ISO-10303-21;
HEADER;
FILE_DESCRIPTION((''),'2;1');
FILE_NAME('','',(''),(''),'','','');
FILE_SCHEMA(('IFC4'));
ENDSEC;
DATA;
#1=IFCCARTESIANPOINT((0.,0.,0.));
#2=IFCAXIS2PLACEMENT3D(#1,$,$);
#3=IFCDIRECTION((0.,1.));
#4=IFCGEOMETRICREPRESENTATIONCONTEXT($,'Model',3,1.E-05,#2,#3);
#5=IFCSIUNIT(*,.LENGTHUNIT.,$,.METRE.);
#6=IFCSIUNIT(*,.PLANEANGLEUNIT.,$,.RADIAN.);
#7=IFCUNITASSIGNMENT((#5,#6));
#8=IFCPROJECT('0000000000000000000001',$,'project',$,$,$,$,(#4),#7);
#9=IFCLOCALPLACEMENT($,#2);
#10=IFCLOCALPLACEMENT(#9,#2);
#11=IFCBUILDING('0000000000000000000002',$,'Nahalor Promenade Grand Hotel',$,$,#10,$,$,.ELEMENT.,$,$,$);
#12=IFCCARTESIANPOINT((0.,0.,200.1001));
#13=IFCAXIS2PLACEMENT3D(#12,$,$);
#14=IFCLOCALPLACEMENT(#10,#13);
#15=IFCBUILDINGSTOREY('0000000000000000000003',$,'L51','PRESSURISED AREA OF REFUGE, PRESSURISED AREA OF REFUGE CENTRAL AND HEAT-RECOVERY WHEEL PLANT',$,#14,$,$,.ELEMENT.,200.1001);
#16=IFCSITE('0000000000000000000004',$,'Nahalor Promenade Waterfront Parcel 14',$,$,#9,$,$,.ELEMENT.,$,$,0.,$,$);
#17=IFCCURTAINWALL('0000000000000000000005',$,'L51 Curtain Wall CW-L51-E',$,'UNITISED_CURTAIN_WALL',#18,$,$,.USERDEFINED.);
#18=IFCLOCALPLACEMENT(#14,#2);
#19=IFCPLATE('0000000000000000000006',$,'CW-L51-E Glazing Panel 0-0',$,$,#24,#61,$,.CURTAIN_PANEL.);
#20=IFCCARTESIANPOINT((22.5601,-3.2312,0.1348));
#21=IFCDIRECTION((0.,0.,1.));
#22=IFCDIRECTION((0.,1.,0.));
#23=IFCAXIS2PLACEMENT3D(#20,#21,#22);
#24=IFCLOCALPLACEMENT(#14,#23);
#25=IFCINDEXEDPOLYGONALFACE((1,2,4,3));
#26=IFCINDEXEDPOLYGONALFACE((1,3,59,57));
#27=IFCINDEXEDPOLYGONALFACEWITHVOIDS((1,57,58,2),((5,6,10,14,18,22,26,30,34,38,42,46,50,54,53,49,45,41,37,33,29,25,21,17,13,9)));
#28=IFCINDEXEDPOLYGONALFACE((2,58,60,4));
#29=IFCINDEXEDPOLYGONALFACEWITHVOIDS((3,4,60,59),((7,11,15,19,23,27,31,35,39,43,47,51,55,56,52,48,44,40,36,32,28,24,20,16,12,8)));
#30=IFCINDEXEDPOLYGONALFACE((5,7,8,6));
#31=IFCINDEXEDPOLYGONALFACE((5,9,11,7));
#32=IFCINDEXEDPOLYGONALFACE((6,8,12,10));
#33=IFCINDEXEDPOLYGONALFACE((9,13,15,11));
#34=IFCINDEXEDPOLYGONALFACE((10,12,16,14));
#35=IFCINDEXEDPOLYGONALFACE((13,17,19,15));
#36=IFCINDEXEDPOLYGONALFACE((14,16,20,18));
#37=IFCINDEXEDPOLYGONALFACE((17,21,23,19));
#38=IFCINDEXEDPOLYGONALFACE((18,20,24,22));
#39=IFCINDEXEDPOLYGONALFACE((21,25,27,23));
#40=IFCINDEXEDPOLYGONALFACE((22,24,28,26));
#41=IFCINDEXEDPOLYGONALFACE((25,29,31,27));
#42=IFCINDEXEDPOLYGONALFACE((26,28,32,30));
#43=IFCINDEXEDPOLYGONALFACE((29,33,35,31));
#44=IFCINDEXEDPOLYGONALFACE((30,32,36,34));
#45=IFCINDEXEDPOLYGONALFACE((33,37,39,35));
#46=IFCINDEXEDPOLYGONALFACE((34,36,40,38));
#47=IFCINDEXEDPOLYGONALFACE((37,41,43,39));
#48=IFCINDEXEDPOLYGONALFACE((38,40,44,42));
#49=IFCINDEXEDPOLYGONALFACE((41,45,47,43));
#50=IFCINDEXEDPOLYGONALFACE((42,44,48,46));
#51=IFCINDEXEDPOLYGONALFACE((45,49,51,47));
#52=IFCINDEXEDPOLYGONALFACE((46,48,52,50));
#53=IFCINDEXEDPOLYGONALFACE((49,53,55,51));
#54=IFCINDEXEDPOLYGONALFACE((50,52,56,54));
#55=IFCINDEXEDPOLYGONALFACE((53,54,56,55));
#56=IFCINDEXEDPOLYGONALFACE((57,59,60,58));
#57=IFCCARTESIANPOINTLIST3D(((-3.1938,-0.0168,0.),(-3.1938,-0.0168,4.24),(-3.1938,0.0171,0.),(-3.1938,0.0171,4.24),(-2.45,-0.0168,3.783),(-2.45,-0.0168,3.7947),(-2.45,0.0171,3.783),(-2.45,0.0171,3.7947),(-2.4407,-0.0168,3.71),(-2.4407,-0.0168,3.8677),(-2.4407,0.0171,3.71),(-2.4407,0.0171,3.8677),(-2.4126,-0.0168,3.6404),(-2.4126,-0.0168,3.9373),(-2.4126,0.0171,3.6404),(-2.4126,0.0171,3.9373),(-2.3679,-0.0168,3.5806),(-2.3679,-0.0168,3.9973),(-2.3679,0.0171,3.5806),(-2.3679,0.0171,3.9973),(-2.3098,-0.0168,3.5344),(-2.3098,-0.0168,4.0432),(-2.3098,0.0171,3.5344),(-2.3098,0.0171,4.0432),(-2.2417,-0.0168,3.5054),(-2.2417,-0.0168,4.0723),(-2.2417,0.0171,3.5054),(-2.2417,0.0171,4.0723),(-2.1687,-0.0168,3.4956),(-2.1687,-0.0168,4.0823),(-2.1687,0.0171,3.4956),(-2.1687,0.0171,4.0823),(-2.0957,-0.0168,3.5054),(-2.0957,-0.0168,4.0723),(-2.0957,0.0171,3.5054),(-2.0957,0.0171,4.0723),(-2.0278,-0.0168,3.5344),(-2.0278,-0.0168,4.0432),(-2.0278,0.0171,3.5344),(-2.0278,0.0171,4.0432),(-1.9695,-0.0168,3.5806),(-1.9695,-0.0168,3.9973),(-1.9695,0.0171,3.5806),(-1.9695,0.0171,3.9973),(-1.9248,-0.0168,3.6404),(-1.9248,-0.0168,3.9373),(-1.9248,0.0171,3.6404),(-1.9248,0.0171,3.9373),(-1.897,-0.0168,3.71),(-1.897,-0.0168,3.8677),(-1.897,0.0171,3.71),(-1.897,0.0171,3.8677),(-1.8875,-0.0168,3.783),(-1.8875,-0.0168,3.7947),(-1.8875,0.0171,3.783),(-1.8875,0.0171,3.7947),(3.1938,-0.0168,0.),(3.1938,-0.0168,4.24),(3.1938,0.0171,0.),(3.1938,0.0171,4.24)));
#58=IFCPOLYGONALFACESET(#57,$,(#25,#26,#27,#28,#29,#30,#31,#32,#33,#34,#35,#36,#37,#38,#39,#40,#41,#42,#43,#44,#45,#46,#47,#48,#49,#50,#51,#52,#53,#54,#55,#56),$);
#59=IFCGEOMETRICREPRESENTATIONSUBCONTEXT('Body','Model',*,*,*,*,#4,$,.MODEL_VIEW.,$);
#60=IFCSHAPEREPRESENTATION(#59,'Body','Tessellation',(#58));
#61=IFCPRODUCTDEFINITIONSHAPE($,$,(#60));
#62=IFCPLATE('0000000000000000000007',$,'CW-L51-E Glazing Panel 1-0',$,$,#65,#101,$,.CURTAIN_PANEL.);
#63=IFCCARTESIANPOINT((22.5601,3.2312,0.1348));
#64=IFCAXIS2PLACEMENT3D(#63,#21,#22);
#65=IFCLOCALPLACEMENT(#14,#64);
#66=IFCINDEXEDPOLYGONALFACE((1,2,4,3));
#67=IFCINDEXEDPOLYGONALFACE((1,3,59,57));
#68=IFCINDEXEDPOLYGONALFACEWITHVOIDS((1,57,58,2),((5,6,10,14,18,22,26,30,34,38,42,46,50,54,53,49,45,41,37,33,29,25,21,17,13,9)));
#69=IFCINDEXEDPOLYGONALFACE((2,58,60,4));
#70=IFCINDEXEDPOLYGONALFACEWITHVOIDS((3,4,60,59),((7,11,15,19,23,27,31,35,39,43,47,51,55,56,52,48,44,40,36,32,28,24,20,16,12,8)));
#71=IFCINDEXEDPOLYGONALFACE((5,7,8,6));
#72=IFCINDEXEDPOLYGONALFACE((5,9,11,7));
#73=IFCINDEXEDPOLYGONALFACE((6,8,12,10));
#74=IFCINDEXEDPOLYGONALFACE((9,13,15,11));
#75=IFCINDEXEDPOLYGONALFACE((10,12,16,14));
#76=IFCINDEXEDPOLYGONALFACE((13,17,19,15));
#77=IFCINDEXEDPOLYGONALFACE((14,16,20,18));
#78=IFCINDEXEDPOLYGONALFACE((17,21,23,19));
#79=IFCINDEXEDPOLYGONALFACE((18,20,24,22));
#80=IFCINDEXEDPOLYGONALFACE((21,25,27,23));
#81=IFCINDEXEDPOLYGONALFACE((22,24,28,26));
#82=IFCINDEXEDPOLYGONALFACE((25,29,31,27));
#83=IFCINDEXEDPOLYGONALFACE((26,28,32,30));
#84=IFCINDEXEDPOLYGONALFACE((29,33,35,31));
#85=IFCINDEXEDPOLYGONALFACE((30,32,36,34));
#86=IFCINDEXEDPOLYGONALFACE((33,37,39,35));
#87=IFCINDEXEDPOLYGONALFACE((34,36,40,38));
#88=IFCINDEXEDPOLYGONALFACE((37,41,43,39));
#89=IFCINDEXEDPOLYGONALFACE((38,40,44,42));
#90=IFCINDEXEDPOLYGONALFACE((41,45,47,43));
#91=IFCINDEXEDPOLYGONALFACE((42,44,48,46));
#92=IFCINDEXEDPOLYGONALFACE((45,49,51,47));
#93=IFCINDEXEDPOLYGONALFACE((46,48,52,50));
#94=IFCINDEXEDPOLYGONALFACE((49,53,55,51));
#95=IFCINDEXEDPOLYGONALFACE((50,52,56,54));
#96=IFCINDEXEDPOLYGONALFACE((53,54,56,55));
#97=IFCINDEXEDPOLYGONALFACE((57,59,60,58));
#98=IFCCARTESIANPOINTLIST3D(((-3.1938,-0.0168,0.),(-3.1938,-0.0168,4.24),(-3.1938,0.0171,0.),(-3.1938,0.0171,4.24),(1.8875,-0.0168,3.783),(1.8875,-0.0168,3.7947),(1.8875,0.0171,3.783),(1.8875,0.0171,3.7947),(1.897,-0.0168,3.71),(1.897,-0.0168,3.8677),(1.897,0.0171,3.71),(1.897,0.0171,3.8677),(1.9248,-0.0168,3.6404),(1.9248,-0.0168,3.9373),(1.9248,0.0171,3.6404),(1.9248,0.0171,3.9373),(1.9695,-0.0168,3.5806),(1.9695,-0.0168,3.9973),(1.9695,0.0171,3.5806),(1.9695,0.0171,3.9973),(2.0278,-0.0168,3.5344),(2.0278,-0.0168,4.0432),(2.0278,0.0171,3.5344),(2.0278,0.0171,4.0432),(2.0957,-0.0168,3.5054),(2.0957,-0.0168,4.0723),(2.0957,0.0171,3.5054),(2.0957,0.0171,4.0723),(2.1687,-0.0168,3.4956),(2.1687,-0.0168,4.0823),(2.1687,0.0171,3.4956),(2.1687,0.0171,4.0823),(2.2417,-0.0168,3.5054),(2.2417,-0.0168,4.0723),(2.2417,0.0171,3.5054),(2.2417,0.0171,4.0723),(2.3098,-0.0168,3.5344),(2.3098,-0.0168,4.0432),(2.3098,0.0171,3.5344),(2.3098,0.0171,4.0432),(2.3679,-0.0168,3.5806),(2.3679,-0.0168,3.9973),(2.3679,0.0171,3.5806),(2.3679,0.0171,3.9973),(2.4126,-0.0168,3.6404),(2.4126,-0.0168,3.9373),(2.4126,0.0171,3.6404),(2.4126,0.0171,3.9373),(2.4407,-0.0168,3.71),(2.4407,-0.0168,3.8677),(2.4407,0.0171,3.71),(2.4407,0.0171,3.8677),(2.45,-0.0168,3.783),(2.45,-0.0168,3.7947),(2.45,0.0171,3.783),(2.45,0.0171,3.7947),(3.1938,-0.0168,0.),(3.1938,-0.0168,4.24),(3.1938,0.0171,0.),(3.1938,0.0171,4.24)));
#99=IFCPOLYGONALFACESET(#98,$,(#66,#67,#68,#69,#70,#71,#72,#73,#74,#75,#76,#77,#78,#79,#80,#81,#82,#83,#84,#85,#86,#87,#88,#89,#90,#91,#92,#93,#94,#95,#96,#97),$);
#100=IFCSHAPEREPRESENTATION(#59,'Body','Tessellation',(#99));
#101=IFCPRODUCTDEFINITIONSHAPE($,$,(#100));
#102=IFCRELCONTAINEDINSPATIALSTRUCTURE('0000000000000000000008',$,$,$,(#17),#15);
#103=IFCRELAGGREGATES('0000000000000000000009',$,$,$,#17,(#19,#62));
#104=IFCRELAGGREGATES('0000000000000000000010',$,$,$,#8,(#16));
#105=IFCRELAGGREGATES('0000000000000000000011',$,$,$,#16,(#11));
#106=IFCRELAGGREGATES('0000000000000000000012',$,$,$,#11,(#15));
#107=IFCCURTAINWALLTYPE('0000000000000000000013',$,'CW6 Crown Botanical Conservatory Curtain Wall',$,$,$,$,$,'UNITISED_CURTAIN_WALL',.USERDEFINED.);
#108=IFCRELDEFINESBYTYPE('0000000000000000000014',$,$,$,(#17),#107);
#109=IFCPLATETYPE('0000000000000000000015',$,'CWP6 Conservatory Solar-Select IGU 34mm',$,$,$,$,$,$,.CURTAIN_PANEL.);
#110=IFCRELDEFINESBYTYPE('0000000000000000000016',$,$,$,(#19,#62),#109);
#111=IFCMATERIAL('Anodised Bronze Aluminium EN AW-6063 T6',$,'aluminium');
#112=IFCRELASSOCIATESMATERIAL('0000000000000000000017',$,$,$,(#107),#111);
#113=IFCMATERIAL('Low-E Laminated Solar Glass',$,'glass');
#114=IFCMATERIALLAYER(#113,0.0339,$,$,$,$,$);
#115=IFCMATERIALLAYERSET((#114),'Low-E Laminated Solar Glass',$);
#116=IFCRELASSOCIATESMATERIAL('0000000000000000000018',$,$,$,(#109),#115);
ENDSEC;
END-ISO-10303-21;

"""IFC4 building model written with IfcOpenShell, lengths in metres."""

from ifc_helpers import new_model, si_unit, direction, frame, origin, place, context, subcontext, project, spatial, polyline, outline, extrude, material, layer, layer_set, type_object, element, aggregate, save


model = new_model("IFC4")

# Units and contexts
model_context = context("Model", 3, precision=1e-05, world=origin(), true_north=direction((0.0, 1.0)))
body_context = subcontext(model_context, "Body", "Model", "MODEL_VIEW")
ifc_project = project(units=[si_unit("LENGTHUNIT", "METRE"), si_unit("PLANEANGLEUNIT", "RADIAN")], contexts=[model_context])

# Site, building, storey
site_placement = place(None, origin())
site = spatial("IfcSite", under=ifc_project, at=site_placement, Name="Nahalor Promenade Waterfront Parcel 14", CompositionType="ELEMENT", RefElevation=0.0)
building_placement = place(site_placement, origin())
building = spatial("IfcBuilding", under=site, at=building_placement, Name="Nahalor Promenade Grand Hotel", CompositionType="ELEMENT")
storey_placement = place(building_placement, frame((0.0, 0.0, 200.1001)))
storey = spatial("IfcBuildingStorey", under=building, at=storey_placement, Name="L51", Description="PRESSURISED AREA OF REFUGE, PRESSURISED AREA OF REFUGE CENTRAL AND HEAT-RECOVERY WHEEL PLANT", CompositionType="ELEMENT", Elevation=200.1001)

# Curtain wall, plates
ifc_material_1 = material(Name="Anodised Bronze Aluminium EN AW-6063 T6", Category="aluminium")
curtain_wall_type = type_object("IfcCurtainWallType", Name="CW6 Crown Botanical Conservatory Curtain Wall", ElementType="UNITISED_CURTAIN_WALL", PredefinedType="USERDEFINED", material=ifc_material_1)
curtain_wall_placement = place(storey_placement, origin())
curtain_wall = element("IfcCurtainWall", 1, at=curtain_wall_placement, inside=storey, type_object=curtain_wall_type, Name="L51 Curtain Wall CW-L51-E", ObjectType="UNITISED_CURTAIN_WALL", PredefinedType="USERDEFINED")
ifc_material_2 = material(Name="Low-E Laminated Solar Glass", Category="glass")
ifc_layer_1 = layer(ifc_material_2, 0.0339)
ifc_layer_set_1 = layer_set([ifc_layer_1], Name="Low-E Laminated Solar Glass")
plate_type_1 = type_object("IfcPlateType", Name="CWP6 Conservatory Solar-Select IGU 34mm", PredefinedType="CURTAIN_PANEL", material=ifc_layer_set_1)
plate_1_placement = place(storey_placement, frame((22.5601, -3.2312, 0.1348), z_axis=(0.0, 0.0, 1.0), x_axis=(0.0, 1.0, 0.0)))
plate_1 = element("IfcPlate", 2, at=plate_1_placement, type_object=plate_type_1, Name="CW-L51-E Glazing Panel 0-0", PredefinedType="CURTAIN_PANEL", context=body_context, shape_type="SweptSolid", body=[
    extrude(outline(polyline([(-3.1938, 4.24), (-3.1938, 0.0), (3.1938, 0.0), (3.1938, 4.24), (-3.1938, 4.24)]), holes=[polyline([(-2.0278, 3.5344), (-2.0957, 3.5054), (-2.1687, 3.4956), (-2.2417, 3.5054), (-2.3098, 3.5344), (-2.3679, 3.5806), (-2.4126, 3.6404), (-2.4407, 3.71), (-2.45, 3.783), (-2.45, 3.7947), (-2.4407, 3.8677), (-2.4126, 3.9373), (-2.3679, 3.9973), (-2.3098, 4.0432), (-2.2417, 4.0723), (-2.1687, 4.0823), (-2.0957, 4.0723), (-2.0278, 4.0432), (-1.9695, 3.9973), (-1.9248, 3.9373), (-1.897, 3.8677), (-1.8875, 3.7947), (-1.8875, 3.783), (-1.897, 3.71), (-1.9248, 3.6404), (-1.9695, 3.5806), (-2.0278, 3.5344)])]), frame((0.0, 0.0171, 0.0), z_axis=(0.0, -1.0, 0.0), x_axis=(1.0, 0.0, 0.0)), (0.0, 0.0, 1.0), 0.0339),
])
plate_2_placement = place(storey_placement, frame((22.5601, 3.2312, 0.1348), z_axis=(0.0, 0.0, 1.0), x_axis=(0.0, 1.0, 0.0)))
plate_2 = element("IfcPlate", 3, at=plate_2_placement, type_object=plate_type_1, Name="CW-L51-E Glazing Panel 1-0", PredefinedType="CURTAIN_PANEL", context=body_context, shape_type="SweptSolid", body=[
    extrude(outline(polyline([(-3.1938, 4.24), (-3.1938, 0.0), (3.1938, 0.0), (3.1938, 4.24), (-3.1938, 4.24)]), holes=[polyline([(2.3098, 3.5344), (2.2417, 3.5054), (2.1687, 3.4956), (2.0957, 3.5054), (2.0278, 3.5344), (1.9695, 3.5806), (1.9248, 3.6404), (1.897, 3.71), (1.8875, 3.783), (1.8875, 3.7947), (1.897, 3.8677), (1.9248, 3.9373), (1.9695, 3.9973), (2.0278, 4.0432), (2.0957, 4.0723), (2.1687, 4.0823), (2.2417, 4.0723), (2.3098, 4.0432), (2.3679, 3.9973), (2.4126, 3.9373), (2.4407, 3.8677), (2.45, 3.7947), (2.45, 3.783), (2.4407, 3.71), (2.4126, 3.6404), (2.3679, 3.5806), (2.3098, 3.5344)])]), frame((0.0, 0.0171, 0.0), z_axis=(0.0, -1.0, 0.0), x_axis=(1.0, 0.0, 0.0)), (0.0, 0.0, 1.0), 0.0339),
])
aggregate(curtain_wall, [plate_1, plate_2])

save(model, "model.ifc")
